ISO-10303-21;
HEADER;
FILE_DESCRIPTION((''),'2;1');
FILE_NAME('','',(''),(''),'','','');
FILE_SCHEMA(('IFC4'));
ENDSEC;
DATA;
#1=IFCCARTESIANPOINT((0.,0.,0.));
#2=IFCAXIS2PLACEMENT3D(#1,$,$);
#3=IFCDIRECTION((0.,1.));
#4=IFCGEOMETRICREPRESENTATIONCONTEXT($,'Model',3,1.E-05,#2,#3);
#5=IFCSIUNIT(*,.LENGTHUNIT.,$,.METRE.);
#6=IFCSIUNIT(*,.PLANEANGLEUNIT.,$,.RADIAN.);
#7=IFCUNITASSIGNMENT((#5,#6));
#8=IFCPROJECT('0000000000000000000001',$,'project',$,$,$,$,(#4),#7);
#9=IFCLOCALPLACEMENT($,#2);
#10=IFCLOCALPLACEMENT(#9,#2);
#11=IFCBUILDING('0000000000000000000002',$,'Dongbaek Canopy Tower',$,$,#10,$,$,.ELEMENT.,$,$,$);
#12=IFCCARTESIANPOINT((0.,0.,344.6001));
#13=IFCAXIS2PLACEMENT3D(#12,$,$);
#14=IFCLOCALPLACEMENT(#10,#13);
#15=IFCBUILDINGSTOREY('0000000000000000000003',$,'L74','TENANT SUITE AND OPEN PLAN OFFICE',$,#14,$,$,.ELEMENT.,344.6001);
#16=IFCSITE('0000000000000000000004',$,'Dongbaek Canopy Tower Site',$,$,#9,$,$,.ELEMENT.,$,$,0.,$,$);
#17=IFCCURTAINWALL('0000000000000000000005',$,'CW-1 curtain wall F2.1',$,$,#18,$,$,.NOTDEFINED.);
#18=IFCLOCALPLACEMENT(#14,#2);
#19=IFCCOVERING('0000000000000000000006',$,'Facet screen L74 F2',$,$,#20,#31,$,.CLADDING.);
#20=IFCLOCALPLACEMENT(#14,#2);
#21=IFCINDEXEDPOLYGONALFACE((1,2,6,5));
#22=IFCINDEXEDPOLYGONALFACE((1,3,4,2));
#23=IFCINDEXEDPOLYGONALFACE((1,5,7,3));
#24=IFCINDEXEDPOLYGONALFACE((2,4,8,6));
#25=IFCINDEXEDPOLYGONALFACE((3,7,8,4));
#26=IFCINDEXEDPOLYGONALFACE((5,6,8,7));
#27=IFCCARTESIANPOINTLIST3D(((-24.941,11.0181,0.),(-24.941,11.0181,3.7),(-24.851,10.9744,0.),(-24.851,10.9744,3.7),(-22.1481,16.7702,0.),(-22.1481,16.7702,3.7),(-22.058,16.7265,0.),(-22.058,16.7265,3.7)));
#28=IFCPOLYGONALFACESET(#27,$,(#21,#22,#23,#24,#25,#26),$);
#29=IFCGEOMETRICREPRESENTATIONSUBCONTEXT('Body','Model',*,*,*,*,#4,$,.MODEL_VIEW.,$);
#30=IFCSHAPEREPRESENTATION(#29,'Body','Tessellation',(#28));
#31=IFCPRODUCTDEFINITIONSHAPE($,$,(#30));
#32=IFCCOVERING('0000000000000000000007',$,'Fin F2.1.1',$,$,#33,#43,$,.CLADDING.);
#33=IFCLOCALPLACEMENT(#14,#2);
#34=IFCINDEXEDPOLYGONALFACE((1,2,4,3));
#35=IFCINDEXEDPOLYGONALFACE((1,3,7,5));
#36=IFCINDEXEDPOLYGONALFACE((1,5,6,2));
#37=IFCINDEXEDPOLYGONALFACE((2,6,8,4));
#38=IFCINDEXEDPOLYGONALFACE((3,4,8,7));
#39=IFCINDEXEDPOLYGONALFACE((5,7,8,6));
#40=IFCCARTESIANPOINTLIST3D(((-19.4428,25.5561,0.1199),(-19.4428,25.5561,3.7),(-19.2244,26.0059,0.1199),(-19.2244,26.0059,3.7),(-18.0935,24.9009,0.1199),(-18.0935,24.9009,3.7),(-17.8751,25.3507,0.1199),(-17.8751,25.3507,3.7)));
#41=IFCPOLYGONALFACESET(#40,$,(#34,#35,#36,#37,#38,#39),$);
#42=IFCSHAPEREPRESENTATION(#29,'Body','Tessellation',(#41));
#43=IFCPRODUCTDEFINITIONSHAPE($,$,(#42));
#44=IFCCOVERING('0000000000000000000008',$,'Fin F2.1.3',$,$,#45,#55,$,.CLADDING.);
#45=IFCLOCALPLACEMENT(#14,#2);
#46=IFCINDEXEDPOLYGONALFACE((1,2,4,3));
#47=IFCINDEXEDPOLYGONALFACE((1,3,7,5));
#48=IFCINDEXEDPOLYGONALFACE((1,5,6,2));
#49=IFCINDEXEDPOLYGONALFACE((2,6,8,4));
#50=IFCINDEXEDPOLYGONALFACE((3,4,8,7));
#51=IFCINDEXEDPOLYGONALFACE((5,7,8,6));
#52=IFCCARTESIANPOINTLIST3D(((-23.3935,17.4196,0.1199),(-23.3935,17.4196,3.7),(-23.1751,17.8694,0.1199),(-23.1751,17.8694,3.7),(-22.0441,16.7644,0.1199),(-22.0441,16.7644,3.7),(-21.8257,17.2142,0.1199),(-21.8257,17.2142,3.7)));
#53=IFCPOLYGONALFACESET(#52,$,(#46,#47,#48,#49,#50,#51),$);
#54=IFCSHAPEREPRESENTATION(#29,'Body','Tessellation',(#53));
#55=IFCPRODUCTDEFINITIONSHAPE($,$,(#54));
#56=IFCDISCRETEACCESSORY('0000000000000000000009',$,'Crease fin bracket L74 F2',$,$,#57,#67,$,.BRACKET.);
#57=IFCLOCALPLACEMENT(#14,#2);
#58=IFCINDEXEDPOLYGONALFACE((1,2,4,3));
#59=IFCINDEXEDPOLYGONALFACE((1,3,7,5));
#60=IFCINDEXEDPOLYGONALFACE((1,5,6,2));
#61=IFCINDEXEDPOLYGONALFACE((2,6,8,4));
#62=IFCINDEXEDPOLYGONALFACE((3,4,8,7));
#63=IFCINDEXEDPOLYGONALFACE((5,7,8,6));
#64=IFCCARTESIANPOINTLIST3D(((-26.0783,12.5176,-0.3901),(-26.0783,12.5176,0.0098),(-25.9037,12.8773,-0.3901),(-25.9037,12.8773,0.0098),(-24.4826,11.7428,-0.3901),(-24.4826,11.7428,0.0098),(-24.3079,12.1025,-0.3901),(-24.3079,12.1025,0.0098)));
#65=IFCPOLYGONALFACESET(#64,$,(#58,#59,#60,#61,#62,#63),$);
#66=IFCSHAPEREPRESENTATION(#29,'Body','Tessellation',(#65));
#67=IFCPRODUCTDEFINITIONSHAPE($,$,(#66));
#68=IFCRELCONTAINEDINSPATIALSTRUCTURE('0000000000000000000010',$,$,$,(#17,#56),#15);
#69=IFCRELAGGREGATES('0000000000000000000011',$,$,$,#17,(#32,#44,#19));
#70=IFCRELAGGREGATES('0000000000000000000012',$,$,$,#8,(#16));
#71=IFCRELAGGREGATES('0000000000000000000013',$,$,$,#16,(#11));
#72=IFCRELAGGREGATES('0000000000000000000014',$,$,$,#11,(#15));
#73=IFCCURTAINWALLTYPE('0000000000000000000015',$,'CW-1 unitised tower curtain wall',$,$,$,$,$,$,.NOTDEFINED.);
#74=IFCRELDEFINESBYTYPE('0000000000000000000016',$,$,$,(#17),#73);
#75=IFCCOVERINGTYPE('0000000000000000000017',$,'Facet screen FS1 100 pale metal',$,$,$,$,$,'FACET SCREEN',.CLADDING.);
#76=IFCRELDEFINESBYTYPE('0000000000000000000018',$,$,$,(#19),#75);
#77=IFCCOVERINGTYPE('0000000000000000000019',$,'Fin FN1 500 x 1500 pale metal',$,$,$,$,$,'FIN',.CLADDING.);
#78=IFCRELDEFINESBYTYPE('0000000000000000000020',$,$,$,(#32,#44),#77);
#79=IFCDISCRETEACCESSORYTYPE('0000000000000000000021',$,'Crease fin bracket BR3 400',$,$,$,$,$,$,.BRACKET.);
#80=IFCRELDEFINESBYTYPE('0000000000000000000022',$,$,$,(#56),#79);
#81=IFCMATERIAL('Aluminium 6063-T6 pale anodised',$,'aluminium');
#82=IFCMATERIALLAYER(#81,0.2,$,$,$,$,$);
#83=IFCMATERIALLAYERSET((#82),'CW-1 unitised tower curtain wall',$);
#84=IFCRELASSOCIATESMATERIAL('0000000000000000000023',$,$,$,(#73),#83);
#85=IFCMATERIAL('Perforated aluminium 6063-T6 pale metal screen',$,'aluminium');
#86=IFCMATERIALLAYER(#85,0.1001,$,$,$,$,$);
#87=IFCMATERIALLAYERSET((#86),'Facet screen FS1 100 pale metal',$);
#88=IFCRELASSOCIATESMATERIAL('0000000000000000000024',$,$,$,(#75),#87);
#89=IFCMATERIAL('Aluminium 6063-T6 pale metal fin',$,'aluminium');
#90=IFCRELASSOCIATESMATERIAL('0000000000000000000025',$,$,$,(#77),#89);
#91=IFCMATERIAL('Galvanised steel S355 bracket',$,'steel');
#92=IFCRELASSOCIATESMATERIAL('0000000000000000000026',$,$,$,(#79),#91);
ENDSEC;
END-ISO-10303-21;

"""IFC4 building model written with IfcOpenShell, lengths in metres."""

from ifc_helpers import new_model, si_unit, direction, frame, origin, origin_2d, place, context, subcontext, project, spatial, rectangle, extrude, material, layer, layer_set, material_profile, profile_set, type_object, element, aggregate, save


model = new_model("IFC4")

# Units and contexts
model_context = context("Model", 3, precision=1e-05, world=origin(), true_north=direction((0.0, 1.0)))
body_context = subcontext(model_context, "Body", "Model", "MODEL_VIEW")
ifc_project = project(units=[si_unit("LENGTHUNIT", "METRE"), si_unit("PLANEANGLEUNIT", "RADIAN")], contexts=[model_context])

# Site, building, storey
site_placement = place(None, origin())
site = spatial("IfcSite", under=ifc_project, at=site_placement, Name="Dongbaek Canopy Tower Site", CompositionType="ELEMENT", RefElevation=0.0)
building_placement = place(site_placement, origin())
building = spatial("IfcBuilding", under=site, at=building_placement, Name="Dongbaek Canopy Tower", CompositionType="ELEMENT")
storey_placement = place(building_placement, frame((0.0, 0.0, 344.6001)))
storey = spatial("IfcBuildingStorey", under=building, at=storey_placement, Name="L74", Description="TENANT SUITE AND OPEN PLAN OFFICE", CompositionType="ELEMENT", Elevation=344.6001)

# Curtain wall
ifc_material_1 = material(Name="Aluminium 6063-T6 pale anodised", Category="aluminium")
ifc_layer_1 = layer(ifc_material_1, 0.2)
ifc_layer_set_1 = layer_set([ifc_layer_1], Name="CW-1 unitised tower curtain wall")
curtain_wall_type = type_object("IfcCurtainWallType", Name="CW-1 unitised tower curtain wall", PredefinedType="NOTDEFINED", material=ifc_layer_set_1)
curtain_wall_1_placement = place(storey_placement, origin())
curtain_wall_1 = element("IfcCurtainWall", 1, at=curtain_wall_1_placement, inside=storey, type_object=curtain_wall_type, Name="CW-1 curtain wall F2.1", PredefinedType="NOTDEFINED")

# Coverings
ifc_material_2 = material(Name="Perforated aluminium 6063-T6 pale metal screen", Category="aluminium")
ifc_layer_2 = layer(ifc_material_2, 0.1001)
ifc_layer_set_2 = layer_set([ifc_layer_2], Name="Facet screen FS1 100 pale metal")
covering_type_1 = type_object("IfcCoveringType", Name="Facet screen FS1 100 pale metal", ElementType="FACET SCREEN", PredefinedType="CLADDING", material=ifc_layer_set_2)
covering_1_placement = place(storey_placement, frame((-23.4995, 13.8723, 0.0), z_axis=(0.0, 0.0, 1.0), x_axis=(-0.436791, -0.899563, 0.0)))
covering_1 = element("IfcCovering", 2, at=covering_1_placement, type_object=covering_type_1, Name="Facet screen L74 F2", PredefinedType="CLADDING", context=body_context, shape_type="SweptSolid", body=[
    extrude(rectangle(XDim=6.3943, YDim=0.1001, at=origin_2d()), origin(), (0.0, 0.0, 1.0), 3.7),
])
ifc_material_3 = material(Name="Aluminium 6063-T6 pale metal fin", Category="aluminium")
ifc_material_profile_1 = material_profile(ifc_material_3, rectangle(XDim=1.5, YDim=0.5, at=origin_2d()), Name="Fin FN1 500 x 1500 pale metal")
ifc_profile_set_1 = profile_set([ifc_material_profile_1], Name="Aluminium 6063-T6 pale metal fin")
covering_type_2 = type_object("IfcCoveringType", Name="Fin FN1 500 x 1500 pale metal", ElementType="FIN", PredefinedType="CLADDING", material=ifc_profile_set_1)
covering_2_placement = place(storey_placement, frame((-18.6589, 25.4534, 0.1199), z_axis=(0.0, 0.0, 1.0), x_axis=(-0.899563, 0.436791, 0.0)))
covering_2 = element("IfcCovering", 3, at=covering_2_placement, type_object=covering_type_2, Name="Fin F2.1.1", PredefinedType="CLADDING", context=body_context, shape_type="SweptSolid", body=[
    extrude(rectangle(XDim=1.5, YDim=0.5, at=origin_2d()), origin(), (0.0, 0.0, 1.0), 3.5801),
])
covering_3_placement = place(storey_placement, frame((-22.6096, 17.3169, 0.1199), z_axis=(0.0, 0.0, 1.0), x_axis=(-0.899563, 0.436791, 0.0)))
covering_3 = element("IfcCovering", 4, at=covering_3_placement, type_object=covering_type_2, Name="Fin F2.1.3", PredefinedType="CLADDING", context=body_context, shape_type="SweptSolid", body=[
    extrude(rectangle(XDim=1.5, YDim=0.5, at=origin_2d()), origin(), (0.0, 0.0, 1.0), 3.5801),
])
aggregate(curtain_wall_1, [covering_2, covering_3, covering_1])

# Discrete accessory
ifc_material_4 = material(Name="Galvanised steel S355 bracket", Category="steel")
discrete_accessory_type = type_object("IfcDiscreteAccessoryType", Name="Crease fin bracket BR3 400", PredefinedType="BRACKET", material=ifc_material_4)
discrete_accessory_placement = place(storey_placement, frame((-25.1931, 12.3101, -0.3901), z_axis=(0.0, 0.0, 1.0), x_axis=(-0.899563, 0.436791, 0.0)))
element("IfcDiscreteAccessory", 5, at=discrete_accessory_placement, inside=storey, type_object=discrete_accessory_type, Name="Crease fin bracket L74 F2", PredefinedType="BRACKET", context=body_context, shape_type="SweptSolid", body=[
    extrude(rectangle(XDim=1.7739, YDim=0.3999, at=origin_2d()), origin(), (0.0, 0.0, 1.0), 0.3999),
])

save(model, "model.ifc")
